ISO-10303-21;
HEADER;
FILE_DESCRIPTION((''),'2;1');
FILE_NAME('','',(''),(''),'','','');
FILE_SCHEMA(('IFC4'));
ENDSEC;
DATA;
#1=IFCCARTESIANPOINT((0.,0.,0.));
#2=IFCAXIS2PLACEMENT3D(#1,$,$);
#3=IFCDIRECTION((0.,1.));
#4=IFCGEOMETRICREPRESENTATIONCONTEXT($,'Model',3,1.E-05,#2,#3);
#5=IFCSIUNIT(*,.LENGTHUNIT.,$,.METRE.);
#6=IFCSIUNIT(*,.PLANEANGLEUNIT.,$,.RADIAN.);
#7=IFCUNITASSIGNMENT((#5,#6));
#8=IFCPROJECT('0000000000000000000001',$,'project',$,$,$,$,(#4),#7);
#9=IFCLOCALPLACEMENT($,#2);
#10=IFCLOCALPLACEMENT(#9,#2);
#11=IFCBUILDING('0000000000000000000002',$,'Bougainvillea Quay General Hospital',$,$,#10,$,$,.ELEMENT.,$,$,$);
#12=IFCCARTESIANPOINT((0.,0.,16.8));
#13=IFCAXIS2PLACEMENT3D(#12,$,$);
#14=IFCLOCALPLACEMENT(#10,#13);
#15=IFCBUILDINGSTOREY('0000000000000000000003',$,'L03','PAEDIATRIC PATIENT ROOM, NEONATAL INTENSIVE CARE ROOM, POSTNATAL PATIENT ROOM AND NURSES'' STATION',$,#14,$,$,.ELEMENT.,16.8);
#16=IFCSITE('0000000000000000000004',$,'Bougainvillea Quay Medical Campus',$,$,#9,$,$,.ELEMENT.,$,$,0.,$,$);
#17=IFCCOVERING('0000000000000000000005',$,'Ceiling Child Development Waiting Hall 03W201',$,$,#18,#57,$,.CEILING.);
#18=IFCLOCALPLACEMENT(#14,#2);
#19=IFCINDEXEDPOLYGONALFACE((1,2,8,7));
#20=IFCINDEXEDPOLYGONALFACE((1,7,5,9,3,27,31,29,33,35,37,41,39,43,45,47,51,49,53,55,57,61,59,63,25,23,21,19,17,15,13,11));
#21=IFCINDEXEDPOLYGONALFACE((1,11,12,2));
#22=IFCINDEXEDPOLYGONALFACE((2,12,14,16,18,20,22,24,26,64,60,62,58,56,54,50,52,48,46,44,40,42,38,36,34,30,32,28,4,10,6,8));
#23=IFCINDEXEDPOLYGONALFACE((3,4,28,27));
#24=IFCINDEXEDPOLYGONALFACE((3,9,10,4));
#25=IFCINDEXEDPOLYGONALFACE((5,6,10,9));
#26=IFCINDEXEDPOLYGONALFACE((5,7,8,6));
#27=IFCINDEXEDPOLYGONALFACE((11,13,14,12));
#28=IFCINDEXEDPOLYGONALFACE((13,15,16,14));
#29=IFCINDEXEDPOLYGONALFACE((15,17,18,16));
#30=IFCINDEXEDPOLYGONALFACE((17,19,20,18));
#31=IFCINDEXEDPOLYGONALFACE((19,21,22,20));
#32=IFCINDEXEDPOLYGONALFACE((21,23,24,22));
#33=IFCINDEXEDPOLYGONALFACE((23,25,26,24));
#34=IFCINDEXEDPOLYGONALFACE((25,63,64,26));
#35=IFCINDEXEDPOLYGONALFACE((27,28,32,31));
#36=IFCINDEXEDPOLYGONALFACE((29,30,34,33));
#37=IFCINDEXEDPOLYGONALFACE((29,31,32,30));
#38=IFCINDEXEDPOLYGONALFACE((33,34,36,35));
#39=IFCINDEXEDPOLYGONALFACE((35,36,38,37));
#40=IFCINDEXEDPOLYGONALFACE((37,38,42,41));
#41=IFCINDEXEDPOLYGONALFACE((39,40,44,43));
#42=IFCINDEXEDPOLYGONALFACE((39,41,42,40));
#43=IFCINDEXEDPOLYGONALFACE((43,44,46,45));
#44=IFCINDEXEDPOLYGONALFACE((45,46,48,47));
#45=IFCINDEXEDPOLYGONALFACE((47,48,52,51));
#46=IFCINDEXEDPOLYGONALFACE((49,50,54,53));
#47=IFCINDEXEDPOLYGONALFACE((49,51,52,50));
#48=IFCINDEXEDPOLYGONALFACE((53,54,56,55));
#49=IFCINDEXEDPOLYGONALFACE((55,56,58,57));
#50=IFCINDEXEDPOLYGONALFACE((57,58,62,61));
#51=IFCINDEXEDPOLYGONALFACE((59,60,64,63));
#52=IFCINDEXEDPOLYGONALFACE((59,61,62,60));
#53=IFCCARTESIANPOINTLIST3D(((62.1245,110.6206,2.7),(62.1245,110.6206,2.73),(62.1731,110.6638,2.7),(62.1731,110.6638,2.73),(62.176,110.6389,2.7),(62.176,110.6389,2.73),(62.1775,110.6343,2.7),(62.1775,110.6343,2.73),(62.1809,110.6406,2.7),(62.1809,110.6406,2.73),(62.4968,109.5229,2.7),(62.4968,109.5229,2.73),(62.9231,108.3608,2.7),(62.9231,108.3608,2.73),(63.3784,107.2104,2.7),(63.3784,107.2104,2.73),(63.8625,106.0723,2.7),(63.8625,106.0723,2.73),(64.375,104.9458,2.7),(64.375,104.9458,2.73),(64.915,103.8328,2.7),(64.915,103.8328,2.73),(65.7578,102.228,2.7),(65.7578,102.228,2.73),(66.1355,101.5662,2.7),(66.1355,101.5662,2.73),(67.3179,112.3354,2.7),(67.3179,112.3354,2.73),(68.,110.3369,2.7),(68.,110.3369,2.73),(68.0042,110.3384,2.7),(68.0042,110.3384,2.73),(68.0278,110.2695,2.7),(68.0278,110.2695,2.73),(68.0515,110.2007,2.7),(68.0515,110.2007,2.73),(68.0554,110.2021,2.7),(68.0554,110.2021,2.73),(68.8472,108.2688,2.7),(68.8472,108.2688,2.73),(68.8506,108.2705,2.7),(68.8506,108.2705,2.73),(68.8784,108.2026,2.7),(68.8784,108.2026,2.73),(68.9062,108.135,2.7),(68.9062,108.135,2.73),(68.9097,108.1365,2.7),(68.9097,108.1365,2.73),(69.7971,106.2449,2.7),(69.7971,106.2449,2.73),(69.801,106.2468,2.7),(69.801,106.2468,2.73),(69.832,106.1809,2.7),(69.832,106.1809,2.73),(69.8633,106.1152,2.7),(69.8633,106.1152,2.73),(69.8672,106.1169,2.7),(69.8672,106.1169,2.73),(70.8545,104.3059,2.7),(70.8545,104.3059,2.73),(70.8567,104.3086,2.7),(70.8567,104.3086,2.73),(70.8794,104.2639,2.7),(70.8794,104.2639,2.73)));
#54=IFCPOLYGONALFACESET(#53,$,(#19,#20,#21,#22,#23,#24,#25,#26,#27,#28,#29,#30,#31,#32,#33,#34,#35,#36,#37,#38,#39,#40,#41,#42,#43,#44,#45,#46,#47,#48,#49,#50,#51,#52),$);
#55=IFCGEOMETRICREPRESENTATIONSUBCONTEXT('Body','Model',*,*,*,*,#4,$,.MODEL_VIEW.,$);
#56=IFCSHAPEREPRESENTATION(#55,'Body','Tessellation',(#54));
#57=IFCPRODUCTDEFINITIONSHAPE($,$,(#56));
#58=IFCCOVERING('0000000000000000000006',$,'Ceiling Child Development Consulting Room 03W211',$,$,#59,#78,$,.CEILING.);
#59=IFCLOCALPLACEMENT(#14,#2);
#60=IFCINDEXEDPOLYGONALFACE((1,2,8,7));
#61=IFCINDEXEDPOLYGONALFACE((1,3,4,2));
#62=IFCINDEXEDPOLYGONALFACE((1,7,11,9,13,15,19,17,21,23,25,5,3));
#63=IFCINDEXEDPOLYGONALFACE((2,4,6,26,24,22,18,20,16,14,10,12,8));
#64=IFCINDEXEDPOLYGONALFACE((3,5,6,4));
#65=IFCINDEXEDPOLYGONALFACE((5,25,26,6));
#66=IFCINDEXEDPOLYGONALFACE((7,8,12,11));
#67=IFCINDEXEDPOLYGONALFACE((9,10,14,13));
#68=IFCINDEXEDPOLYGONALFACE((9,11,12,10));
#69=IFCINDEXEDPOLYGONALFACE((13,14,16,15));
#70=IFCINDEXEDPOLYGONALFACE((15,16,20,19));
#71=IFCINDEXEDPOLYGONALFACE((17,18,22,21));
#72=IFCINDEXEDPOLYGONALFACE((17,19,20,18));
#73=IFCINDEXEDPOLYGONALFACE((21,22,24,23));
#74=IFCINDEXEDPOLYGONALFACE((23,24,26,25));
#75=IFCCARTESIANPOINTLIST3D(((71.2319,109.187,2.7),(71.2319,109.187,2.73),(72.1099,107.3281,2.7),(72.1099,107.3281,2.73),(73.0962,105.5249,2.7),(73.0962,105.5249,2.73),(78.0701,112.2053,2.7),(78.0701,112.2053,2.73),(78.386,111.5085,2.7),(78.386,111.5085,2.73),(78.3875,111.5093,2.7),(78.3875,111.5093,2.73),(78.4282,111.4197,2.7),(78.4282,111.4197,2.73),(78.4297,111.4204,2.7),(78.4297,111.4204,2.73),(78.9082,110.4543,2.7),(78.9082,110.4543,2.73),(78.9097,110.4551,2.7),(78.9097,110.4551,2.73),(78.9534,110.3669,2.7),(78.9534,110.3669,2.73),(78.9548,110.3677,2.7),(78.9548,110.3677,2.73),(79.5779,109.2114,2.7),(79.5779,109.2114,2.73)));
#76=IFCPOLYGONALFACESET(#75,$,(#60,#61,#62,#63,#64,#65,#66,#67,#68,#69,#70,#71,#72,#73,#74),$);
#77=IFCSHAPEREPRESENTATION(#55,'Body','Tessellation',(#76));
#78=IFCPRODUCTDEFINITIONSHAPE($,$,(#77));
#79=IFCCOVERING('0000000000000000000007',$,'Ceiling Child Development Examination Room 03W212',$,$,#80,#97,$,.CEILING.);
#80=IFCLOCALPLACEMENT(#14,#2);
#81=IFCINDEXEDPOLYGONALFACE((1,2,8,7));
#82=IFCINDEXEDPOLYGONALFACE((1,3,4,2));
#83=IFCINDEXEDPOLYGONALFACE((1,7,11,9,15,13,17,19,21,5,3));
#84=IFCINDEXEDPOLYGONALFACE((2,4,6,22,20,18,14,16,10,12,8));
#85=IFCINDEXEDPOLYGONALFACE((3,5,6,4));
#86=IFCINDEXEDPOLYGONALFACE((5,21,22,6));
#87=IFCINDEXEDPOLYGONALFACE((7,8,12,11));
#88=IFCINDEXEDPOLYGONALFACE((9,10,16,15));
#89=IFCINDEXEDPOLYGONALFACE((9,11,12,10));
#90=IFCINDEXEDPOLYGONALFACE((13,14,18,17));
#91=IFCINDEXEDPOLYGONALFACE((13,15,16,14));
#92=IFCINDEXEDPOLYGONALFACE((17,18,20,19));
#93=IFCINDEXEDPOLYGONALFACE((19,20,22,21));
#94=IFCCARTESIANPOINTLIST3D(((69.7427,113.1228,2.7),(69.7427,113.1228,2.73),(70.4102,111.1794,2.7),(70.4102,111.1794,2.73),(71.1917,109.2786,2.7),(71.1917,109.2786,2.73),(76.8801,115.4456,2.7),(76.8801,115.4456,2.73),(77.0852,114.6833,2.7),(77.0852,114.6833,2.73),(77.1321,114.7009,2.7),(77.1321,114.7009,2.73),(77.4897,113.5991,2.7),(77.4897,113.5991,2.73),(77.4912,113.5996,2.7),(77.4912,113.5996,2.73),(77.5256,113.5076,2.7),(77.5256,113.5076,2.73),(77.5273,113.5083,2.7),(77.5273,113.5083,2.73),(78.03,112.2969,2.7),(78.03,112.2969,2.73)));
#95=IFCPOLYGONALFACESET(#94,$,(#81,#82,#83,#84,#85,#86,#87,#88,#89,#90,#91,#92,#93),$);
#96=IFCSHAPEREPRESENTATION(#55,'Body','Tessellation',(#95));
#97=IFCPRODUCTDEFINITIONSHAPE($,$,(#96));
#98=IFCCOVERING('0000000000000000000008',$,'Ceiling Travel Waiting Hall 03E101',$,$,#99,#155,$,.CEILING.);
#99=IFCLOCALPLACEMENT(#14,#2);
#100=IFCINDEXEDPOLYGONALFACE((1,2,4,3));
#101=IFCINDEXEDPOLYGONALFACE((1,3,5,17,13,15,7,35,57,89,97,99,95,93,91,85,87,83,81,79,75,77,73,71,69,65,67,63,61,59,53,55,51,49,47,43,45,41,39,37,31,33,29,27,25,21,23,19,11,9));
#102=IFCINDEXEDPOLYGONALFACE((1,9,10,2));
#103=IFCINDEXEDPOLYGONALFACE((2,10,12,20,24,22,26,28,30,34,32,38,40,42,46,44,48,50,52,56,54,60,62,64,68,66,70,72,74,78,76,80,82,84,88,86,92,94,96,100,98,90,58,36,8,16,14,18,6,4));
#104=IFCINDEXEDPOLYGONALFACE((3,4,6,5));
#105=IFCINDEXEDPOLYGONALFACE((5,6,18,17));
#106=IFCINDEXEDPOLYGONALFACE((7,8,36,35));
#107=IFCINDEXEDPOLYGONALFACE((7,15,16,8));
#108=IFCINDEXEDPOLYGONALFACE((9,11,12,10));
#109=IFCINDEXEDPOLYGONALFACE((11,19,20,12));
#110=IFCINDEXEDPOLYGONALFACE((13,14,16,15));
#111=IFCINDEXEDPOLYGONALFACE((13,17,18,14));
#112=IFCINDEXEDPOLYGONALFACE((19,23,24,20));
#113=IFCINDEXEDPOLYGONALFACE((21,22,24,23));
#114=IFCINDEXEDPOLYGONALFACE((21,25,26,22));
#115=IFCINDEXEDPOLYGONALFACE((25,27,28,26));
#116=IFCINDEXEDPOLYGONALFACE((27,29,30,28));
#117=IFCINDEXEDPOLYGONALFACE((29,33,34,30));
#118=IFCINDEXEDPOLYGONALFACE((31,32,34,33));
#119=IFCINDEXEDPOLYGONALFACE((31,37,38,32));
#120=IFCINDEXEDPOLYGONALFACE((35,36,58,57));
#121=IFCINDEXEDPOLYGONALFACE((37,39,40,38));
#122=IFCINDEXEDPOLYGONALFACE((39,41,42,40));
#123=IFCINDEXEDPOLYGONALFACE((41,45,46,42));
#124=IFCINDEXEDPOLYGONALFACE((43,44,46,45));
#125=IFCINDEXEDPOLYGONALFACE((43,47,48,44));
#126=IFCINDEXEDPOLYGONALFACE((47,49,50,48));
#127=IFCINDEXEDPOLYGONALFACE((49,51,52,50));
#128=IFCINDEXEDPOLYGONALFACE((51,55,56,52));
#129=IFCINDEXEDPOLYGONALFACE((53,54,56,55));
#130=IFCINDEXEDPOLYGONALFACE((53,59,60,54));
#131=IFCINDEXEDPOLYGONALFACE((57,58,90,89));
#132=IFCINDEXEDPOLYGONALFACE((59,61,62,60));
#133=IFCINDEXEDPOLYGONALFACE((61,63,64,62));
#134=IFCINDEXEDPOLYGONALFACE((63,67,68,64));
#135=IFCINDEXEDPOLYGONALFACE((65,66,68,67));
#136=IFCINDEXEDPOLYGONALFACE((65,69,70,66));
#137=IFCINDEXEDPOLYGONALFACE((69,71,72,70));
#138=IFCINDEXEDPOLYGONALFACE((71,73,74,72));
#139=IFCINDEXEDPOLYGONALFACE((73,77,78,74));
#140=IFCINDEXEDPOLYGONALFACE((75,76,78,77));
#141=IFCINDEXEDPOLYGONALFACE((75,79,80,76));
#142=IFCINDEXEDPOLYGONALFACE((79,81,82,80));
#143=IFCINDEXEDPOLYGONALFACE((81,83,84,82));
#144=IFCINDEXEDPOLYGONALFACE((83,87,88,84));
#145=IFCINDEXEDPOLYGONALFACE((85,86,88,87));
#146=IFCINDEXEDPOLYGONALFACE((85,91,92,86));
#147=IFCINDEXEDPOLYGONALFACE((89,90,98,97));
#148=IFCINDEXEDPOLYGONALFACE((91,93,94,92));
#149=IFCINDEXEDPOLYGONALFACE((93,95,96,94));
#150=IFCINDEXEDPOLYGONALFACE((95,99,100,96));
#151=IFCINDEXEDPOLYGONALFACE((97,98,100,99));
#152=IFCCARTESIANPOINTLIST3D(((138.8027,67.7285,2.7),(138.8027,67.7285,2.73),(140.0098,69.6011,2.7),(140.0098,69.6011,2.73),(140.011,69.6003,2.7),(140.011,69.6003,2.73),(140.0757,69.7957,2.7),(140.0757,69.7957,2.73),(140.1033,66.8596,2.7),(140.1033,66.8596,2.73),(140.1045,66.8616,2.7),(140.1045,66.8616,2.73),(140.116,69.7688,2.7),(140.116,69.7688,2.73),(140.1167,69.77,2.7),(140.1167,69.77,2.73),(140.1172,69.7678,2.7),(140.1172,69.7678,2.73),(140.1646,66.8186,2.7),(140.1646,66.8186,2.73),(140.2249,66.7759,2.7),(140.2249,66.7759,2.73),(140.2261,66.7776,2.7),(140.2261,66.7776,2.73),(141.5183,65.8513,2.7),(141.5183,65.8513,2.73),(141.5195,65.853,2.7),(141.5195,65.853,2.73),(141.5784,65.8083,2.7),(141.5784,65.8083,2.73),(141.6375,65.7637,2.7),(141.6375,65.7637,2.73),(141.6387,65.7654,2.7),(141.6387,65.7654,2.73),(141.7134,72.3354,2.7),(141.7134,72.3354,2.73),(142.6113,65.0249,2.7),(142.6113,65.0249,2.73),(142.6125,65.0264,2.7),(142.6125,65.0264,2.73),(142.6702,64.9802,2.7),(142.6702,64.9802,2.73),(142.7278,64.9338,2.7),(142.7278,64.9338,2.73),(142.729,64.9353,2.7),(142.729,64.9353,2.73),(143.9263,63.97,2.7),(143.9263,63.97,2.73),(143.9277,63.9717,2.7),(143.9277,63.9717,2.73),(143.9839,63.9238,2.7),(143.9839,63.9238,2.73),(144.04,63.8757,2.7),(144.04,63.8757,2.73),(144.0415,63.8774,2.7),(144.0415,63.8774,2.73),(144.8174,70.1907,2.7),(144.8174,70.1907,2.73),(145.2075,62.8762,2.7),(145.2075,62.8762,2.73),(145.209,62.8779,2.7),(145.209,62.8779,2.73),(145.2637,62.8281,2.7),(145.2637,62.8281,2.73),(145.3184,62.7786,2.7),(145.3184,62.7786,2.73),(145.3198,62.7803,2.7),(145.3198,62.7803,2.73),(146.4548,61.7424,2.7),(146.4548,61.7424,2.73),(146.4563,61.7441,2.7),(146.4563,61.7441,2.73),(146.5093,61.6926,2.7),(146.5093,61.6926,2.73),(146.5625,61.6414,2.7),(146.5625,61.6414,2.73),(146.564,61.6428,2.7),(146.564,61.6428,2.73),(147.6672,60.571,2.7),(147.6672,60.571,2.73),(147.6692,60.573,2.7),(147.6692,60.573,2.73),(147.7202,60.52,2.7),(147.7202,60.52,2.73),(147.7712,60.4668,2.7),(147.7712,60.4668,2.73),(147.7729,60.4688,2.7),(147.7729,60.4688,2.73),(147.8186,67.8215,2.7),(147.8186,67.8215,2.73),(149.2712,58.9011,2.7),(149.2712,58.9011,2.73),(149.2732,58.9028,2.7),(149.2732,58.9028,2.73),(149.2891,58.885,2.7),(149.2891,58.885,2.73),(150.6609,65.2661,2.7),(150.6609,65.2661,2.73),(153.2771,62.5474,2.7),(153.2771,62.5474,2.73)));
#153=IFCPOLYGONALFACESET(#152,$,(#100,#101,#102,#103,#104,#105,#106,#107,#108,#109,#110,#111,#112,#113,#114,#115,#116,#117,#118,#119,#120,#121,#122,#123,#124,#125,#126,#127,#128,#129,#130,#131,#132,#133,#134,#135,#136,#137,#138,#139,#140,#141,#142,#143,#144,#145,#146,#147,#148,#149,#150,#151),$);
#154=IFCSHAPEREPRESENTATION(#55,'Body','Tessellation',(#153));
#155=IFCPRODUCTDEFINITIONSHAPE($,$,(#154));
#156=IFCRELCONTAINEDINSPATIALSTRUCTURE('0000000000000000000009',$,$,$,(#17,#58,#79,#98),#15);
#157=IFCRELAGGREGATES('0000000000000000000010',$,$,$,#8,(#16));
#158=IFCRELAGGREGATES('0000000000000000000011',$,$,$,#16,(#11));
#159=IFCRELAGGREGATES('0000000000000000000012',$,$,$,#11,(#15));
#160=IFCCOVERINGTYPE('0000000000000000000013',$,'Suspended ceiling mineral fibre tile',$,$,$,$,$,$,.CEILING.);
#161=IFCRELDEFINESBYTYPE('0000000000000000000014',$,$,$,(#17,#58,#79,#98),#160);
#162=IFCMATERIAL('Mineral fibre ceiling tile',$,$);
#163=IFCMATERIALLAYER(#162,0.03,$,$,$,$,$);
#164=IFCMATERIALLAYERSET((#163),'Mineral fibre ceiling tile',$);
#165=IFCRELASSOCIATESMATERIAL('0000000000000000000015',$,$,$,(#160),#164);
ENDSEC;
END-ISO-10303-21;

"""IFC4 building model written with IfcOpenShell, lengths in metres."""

from ifc_helpers import new_model, si_unit, direction, frame, origin, place, context, subcontext, project, spatial, polyline, outline, extrude, material, layer, layer_set, type_object, element, save


model = new_model("IFC4")

# Units and contexts
model_context = context("Model", 3, precision=1e-05, world=origin(), true_north=direction((0.0, 1.0)))
body_context = subcontext(model_context, "Body", "Model", "MODEL_VIEW")
ifc_project = project(units=[si_unit("LENGTHUNIT", "METRE"), si_unit("PLANEANGLEUNIT", "RADIAN")], contexts=[model_context])

# Site, building, storey
site_placement = place(None, origin())
site = spatial("IfcSite", under=ifc_project, at=site_placement, Name="Bougainvillea Quay Medical Campus", CompositionType="ELEMENT", RefElevation=0.0)
building_placement = place(site_placement, origin())
building = spatial("IfcBuilding", under=site, at=building_placement, Name="Bougainvillea Quay General Hospital", CompositionType="ELEMENT")
storey_placement = place(building_placement, frame((0.0, 0.0, 16.8)))
storey = spatial("IfcBuildingStorey", under=building, at=storey_placement, Name="L03", Description="PAEDIATRIC PATIENT ROOM, NEONATAL INTENSIVE CARE ROOM, POSTNATAL PATIENT ROOM AND NURSES' STATION", CompositionType="ELEMENT", Elevation=16.8)

# Coverings
ifc_material = material(Name="Mineral fibre ceiling tile")
ifc_layer = layer(ifc_material, 0.03)
ifc_layer_set = layer_set([ifc_layer], Name="Mineral fibre ceiling tile")
covering_type = type_object("IfcCoveringType", Name="Suspended ceiling mineral fibre tile", PredefinedType="CEILING", material=ifc_layer_set)
covering_1_placement = place(storey_placement, frame((0.0, 0.0, 2.7)))
element("IfcCovering", 1, at=covering_1_placement, inside=storey, type_object=covering_type, Name="Ceiling Child Development Waiting Hall 03W201", PredefinedType="CEILING", context=body_context, shape_type="SweptSolid", body=[
    extrude(outline(polyline([(64.915, 103.8328), (65.7578, 102.228), (66.1355, 101.5662), (70.8794, 104.2639), (70.8545, 104.3059), (70.8567, 104.3086), (69.8672, 106.1169), (69.8633, 106.1152), (69.832, 106.1809), (69.7971, 106.2449), (69.801, 106.2468), (68.9097, 108.1365), (68.9062, 108.135), (68.8784, 108.2026), (68.8472, 108.2688), (68.8506, 108.2705), (68.0554, 110.2021), (68.0515, 110.2007), (68.0278, 110.2695), (68.0, 110.3369), (68.0042, 110.3384), (67.3179, 112.3354), (62.1731, 110.6638), (62.1809, 110.6406), (62.176, 110.6389), (62.1775, 110.6343), (62.1245, 110.6206), (62.4968, 109.5229), (62.9231, 108.3608), (63.3784, 107.2104), (63.8625, 106.0723), (64.375, 104.9458), (64.915, 103.8328)])), origin(), (0.0, 0.0, 1.0), 0.03),
])
covering_2_placement = place(storey_placement, frame((0.0, 0.0, 2.7)))
element("IfcCovering", 2, at=covering_2_placement, inside=storey, type_object=covering_type, Name="Ceiling Child Development Consulting Room 03W211", PredefinedType="CEILING", context=body_context, shape_type="SweptSolid", body=[
    extrude(outline(polyline([(78.9082, 110.4543), (78.9097, 110.4551), (78.4297, 111.4204), (78.4282, 111.4197), (78.386, 111.5085), (78.3875, 111.5093), (78.0701, 112.2053), (71.2319, 109.187), (72.1099, 107.3281), (73.0962, 105.5249), (79.5779, 109.2114), (78.9548, 110.3677), (78.9534, 110.3669), (78.9082, 110.4543)])), origin(), (0.0, 0.0, 1.0), 0.03),
])
covering_3_placement = place(storey_placement, frame((0.0, 0.0, 2.7)))
element("IfcCovering", 3, at=covering_3_placement, inside=storey, type_object=covering_type, Name="Ceiling Child Development Examination Room 03W212", PredefinedType="CEILING", context=body_context, shape_type="SweptSolid", body=[
    extrude(outline(polyline([(76.8801, 115.4456), (69.7427, 113.1228), (70.4102, 111.1794), (71.1917, 109.2786), (78.03, 112.2969), (77.5273, 113.5083), (77.5256, 113.5076), (77.4897, 113.5991), (77.4912, 113.5996), (77.0852, 114.6833), (77.1321, 114.7009), (76.8801, 115.4456)])), origin(), (0.0, 0.0, 1.0), 0.03),
])
covering_4_placement = place(storey_placement, frame((0.0, 0.0, 2.7)))
element("IfcCovering", 4, at=covering_4_placement, inside=storey, type_object=covering_type, Name="Ceiling Travel Waiting Hall 03E101", PredefinedType="CEILING", context=body_context, shape_type="SweptSolid", body=[
    extrude(outline(polyline([(141.5784, 65.8083), (141.6387, 65.7654), (141.6375, 65.7637), (142.6113, 65.0249), (142.6125, 65.0264), (142.6702, 64.9802), (142.729, 64.9353), (142.7278, 64.9338), (143.9263, 63.97), (143.9277, 63.9717), (143.9839, 63.9238), (144.0415, 63.8774), (144.04, 63.8757), (145.2075, 62.8762), (145.209, 62.8779), (145.2637, 62.8281), (145.3198, 62.7803), (145.3184, 62.7786), (146.4548, 61.7424), (146.4563, 61.7441), (146.5093, 61.6926), (146.564, 61.6428), (146.5625, 61.6414), (147.6672, 60.571), (147.6692, 60.573), (147.7202, 60.52), (147.7729, 60.4688), (147.7712, 60.4668), (149.2712, 58.9011), (149.2732, 58.9028), (149.2891, 58.885), (153.2771, 62.5474), (150.6609, 65.2661), (147.8186, 67.8215), (144.8174, 70.1907), (141.7134, 72.3354), (140.0757, 69.7957), (140.1167, 69.77), (140.116, 69.7688), (140.1172, 69.7678), (140.011, 69.6003), (140.0098, 69.6011), (138.8027, 67.7285), (140.1033, 66.8596), (140.1045, 66.8616), (140.1646, 66.8186), (140.2261, 66.7776), (140.2249, 66.7759), (141.5183, 65.8513), (141.5195, 65.853), (141.5784, 65.8083)])), origin(), (0.0, 0.0, 1.0), 0.03),
])

save(model, "model.ifc")
